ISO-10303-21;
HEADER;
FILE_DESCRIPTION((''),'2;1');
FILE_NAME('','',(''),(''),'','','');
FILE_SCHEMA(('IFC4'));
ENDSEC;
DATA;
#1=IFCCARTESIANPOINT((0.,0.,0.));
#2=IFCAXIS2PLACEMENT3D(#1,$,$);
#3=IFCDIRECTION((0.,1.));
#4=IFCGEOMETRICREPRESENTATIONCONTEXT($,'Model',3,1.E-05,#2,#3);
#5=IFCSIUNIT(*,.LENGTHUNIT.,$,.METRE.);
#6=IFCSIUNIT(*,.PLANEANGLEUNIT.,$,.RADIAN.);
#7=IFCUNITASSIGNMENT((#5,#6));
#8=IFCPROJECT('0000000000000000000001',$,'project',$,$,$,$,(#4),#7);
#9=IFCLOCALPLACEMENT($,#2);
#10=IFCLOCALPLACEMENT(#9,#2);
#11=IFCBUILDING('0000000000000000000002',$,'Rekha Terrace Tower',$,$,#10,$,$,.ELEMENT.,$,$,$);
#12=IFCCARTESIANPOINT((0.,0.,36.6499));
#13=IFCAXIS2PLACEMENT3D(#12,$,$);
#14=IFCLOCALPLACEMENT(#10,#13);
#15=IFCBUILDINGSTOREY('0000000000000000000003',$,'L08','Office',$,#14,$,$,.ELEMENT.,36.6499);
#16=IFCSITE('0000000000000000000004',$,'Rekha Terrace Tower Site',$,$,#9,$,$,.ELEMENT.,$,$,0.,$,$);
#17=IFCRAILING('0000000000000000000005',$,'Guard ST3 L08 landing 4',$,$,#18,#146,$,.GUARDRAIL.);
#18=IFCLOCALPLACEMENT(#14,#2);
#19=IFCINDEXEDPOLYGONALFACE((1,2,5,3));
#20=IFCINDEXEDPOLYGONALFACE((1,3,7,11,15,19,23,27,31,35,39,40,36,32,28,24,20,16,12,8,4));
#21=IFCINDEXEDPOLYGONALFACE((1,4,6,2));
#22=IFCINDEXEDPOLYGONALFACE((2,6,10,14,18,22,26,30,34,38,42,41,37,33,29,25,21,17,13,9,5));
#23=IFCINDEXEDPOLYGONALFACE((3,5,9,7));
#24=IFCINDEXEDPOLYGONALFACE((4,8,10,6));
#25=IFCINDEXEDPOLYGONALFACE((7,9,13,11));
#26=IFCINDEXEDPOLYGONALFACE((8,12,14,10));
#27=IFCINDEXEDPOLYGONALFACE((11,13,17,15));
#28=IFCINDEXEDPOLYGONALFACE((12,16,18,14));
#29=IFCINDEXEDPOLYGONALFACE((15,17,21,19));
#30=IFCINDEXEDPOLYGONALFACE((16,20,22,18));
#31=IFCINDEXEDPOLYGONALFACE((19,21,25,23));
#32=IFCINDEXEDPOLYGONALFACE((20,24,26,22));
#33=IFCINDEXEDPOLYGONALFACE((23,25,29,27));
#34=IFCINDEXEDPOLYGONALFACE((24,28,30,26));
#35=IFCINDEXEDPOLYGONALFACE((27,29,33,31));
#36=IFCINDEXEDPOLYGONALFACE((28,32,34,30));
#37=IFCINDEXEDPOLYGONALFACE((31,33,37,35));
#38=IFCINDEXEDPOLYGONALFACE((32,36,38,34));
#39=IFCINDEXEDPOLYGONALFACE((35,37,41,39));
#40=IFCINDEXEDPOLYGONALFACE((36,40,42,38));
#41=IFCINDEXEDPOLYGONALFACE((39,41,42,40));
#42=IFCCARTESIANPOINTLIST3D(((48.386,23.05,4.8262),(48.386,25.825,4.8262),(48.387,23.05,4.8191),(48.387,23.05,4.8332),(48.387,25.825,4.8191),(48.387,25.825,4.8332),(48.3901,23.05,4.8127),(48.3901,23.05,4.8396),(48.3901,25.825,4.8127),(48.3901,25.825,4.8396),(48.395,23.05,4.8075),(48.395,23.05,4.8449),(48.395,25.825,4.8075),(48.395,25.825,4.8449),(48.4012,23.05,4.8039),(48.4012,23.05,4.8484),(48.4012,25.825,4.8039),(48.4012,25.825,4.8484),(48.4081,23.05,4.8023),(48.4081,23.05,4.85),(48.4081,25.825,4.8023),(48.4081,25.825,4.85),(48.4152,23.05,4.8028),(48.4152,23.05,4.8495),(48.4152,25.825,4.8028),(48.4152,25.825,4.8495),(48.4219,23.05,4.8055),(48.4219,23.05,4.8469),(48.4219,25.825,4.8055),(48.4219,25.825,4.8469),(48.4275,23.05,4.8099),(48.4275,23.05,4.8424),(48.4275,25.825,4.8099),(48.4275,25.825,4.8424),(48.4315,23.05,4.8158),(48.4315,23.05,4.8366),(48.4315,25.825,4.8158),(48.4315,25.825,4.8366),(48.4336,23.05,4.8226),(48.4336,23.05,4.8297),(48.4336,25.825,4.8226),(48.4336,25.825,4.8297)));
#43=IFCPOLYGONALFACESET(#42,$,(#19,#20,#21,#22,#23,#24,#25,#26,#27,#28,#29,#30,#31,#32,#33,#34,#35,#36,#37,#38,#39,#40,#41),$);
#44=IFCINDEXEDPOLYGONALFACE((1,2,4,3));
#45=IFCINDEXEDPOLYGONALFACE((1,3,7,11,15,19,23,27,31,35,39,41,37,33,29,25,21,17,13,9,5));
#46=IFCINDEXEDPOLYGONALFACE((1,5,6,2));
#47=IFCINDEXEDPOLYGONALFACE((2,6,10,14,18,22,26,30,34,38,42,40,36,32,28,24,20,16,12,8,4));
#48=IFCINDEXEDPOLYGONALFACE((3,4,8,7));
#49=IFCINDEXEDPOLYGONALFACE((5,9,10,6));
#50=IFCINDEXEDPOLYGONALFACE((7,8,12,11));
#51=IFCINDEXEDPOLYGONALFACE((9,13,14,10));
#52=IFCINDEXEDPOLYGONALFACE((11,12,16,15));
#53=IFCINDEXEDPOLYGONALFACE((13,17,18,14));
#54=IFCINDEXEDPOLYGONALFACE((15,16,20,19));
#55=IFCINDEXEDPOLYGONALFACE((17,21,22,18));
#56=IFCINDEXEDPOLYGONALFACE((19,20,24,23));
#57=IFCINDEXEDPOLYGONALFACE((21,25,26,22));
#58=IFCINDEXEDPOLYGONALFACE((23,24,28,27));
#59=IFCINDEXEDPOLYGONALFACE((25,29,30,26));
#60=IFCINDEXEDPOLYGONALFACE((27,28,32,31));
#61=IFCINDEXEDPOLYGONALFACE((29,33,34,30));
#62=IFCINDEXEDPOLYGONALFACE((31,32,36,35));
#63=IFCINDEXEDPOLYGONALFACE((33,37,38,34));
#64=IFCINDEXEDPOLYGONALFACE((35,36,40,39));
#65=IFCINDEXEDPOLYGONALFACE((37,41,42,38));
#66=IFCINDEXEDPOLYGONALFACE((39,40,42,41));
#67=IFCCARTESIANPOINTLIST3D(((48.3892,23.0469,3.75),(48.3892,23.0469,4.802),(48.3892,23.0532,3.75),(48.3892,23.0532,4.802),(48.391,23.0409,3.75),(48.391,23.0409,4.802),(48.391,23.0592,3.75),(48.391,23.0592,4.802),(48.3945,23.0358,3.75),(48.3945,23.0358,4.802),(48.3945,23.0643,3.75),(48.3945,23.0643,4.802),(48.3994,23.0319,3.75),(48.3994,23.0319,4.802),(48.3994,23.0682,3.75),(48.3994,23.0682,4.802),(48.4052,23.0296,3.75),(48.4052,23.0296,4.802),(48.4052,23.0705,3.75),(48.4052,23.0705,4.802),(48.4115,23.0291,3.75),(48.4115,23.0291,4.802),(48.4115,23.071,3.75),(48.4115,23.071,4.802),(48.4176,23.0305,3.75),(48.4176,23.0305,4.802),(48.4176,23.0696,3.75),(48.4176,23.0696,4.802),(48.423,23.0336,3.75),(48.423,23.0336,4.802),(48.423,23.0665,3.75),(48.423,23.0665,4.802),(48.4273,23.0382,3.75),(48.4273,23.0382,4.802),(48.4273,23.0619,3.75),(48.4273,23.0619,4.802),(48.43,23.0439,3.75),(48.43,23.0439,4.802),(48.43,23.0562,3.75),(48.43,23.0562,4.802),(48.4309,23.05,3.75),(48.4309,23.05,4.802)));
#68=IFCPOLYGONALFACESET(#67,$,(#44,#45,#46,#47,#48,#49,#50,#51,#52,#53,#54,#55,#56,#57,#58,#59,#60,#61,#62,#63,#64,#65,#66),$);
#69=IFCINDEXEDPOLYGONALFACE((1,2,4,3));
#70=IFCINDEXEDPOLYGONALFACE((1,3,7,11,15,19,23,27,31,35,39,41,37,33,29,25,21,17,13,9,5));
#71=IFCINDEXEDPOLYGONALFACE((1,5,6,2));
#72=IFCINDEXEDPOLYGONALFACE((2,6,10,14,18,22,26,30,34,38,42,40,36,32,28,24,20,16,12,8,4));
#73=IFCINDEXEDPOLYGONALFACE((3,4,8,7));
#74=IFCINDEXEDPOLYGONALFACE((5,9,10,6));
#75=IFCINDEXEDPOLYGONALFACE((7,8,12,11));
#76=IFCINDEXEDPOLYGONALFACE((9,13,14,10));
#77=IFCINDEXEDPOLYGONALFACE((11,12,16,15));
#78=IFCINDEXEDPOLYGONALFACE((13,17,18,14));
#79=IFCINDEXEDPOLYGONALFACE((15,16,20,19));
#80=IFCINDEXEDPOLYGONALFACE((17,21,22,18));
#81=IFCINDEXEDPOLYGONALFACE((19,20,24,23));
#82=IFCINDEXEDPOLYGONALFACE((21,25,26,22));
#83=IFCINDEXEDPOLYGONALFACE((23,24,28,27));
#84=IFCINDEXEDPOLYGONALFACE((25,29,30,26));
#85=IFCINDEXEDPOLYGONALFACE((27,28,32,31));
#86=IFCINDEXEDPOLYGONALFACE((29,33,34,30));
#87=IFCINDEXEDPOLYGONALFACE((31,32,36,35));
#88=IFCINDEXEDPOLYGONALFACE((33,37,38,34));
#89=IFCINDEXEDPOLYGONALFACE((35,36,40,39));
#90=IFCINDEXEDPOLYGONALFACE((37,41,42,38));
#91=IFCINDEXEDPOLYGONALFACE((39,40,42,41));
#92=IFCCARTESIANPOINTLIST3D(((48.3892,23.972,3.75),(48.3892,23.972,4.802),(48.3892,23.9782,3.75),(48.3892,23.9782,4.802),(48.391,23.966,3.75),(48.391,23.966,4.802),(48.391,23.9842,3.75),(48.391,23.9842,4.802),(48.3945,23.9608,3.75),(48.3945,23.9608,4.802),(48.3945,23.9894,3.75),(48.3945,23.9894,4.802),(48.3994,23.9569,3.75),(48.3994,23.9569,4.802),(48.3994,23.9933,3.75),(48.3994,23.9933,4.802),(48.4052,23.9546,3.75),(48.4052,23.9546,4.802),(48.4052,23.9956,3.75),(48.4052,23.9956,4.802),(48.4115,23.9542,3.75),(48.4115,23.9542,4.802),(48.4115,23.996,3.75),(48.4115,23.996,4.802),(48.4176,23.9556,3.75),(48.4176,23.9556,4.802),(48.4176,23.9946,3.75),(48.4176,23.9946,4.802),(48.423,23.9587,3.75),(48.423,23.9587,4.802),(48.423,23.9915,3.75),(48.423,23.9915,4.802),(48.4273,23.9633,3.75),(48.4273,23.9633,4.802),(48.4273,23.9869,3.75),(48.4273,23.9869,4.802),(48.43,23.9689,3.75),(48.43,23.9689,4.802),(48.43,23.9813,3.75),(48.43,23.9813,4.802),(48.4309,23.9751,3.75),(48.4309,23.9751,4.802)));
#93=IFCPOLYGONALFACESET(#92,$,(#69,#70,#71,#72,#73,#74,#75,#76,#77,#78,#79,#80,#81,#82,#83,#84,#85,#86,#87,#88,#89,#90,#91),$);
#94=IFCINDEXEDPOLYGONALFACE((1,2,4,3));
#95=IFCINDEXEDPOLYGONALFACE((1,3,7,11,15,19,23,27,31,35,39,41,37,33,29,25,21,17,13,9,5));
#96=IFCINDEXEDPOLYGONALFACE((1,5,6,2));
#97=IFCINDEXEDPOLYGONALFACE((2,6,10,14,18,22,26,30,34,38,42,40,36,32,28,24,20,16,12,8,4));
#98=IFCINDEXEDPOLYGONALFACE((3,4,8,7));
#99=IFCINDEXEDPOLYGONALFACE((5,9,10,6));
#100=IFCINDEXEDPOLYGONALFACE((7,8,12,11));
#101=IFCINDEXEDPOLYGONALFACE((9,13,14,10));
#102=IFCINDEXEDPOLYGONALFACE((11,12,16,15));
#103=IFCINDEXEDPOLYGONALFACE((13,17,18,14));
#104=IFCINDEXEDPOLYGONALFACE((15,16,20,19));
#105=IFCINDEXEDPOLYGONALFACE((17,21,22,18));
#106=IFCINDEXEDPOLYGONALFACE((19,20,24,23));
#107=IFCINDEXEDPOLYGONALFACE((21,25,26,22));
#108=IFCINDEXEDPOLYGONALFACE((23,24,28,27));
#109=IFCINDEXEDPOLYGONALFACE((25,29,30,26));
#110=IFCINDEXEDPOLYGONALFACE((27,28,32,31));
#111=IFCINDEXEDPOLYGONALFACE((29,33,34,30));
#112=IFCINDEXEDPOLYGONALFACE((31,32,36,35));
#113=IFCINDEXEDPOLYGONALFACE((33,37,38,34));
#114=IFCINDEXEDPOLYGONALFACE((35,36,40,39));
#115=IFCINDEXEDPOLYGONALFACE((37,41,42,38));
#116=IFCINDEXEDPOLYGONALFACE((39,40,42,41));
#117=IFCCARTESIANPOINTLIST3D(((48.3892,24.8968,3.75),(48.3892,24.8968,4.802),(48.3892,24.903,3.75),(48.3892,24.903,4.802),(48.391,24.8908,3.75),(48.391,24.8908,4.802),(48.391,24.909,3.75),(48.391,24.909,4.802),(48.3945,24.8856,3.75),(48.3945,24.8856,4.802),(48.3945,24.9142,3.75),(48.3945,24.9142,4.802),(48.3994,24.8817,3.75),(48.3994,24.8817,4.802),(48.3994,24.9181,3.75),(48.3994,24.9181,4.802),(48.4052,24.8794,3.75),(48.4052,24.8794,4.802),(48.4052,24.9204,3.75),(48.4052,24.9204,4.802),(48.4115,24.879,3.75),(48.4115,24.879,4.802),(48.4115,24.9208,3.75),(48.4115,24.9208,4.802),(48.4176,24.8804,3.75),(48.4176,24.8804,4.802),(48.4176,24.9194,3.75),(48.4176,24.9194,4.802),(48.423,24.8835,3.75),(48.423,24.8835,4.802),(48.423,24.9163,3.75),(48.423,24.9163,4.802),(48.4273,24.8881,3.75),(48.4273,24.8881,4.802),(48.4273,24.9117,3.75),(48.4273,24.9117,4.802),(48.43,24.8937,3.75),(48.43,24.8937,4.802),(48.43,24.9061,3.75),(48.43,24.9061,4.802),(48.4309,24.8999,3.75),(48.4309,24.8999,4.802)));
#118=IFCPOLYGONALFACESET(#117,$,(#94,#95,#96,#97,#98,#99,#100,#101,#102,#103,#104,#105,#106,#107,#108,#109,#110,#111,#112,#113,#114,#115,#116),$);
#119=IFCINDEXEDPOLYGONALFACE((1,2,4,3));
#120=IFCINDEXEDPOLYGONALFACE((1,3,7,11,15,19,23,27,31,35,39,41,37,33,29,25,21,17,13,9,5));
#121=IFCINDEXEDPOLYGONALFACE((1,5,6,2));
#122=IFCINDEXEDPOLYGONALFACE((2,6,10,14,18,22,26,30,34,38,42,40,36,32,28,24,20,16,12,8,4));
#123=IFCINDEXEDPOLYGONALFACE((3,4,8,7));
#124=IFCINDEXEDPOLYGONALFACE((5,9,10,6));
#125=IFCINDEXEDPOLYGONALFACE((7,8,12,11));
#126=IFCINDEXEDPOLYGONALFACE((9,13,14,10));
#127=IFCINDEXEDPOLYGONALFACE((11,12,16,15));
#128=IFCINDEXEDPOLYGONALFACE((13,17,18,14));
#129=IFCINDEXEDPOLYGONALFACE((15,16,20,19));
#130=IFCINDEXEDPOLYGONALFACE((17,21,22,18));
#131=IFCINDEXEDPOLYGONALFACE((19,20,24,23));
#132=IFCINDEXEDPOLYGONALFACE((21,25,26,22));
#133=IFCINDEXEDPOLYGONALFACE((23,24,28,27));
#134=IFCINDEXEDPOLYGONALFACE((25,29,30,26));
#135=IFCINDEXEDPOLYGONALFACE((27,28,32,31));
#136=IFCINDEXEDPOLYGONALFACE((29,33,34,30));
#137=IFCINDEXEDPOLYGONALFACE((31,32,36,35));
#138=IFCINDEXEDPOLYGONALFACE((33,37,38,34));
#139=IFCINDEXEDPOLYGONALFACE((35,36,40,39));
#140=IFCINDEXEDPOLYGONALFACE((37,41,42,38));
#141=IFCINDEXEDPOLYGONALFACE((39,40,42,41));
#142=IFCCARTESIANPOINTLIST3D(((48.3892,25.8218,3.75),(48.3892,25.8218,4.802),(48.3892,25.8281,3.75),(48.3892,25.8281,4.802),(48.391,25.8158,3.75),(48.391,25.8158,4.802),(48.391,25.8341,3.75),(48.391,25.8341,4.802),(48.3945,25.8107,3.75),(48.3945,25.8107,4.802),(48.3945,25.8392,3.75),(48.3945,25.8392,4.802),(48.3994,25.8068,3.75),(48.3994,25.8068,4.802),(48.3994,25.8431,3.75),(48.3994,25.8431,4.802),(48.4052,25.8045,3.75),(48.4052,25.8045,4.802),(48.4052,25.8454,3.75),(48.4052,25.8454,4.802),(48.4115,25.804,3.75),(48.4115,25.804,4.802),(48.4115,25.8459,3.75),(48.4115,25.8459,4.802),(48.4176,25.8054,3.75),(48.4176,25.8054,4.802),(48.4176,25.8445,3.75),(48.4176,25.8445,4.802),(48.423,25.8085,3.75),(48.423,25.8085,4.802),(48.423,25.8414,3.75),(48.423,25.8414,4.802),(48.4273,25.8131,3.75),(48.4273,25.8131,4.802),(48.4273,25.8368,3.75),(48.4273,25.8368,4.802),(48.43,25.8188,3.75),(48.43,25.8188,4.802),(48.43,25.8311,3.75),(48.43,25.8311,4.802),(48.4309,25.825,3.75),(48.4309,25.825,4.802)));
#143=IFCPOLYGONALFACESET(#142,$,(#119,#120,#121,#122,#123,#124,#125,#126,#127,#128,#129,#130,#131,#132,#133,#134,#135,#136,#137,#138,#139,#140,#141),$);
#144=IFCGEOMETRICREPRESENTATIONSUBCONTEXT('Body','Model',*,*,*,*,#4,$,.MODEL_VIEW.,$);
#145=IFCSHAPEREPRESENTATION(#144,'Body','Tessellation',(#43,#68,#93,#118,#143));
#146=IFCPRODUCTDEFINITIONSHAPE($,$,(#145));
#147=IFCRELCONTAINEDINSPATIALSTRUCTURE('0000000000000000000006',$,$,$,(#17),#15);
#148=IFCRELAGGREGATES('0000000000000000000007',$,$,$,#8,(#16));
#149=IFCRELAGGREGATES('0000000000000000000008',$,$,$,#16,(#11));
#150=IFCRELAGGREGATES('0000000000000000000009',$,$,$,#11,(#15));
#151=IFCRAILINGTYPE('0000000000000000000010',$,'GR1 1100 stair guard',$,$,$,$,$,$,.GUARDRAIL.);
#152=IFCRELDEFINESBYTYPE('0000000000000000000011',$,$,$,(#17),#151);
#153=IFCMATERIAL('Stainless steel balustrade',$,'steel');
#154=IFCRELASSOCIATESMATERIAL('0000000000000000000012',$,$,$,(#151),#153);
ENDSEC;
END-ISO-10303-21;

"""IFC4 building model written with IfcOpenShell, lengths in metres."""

from ifc_helpers import new_model, si_unit, direction, frame, origin, origin_2d, place, context, subcontext, project, spatial, circle, extrude, material, type_object, element, save


model = new_model("IFC4")

# Units and contexts
model_context = context("Model", 3, precision=1e-05, world=origin(), true_north=direction((0.0, 1.0)))
body_context = subcontext(model_context, "Body", "Model", "MODEL_VIEW")
ifc_project = project(units=[si_unit("LENGTHUNIT", "METRE"), si_unit("PLANEANGLEUNIT", "RADIAN")], contexts=[model_context])

# Site, building, storey
site_placement = place(None, origin())
site = spatial("IfcSite", under=ifc_project, at=site_placement, Name="Rekha Terrace Tower Site", CompositionType="ELEMENT", RefElevation=0.0)
building_placement = place(site_placement, origin())
building = spatial("IfcBuilding", under=site, at=building_placement, Name="Rekha Terrace Tower", CompositionType="ELEMENT")
storey_placement = place(building_placement, frame((0.0, 0.0, 36.6499)))
storey = spatial("IfcBuildingStorey", under=building, at=storey_placement, Name="L08", Description="Office", CompositionType="ELEMENT", Elevation=36.6499)

# Railing
ifc_material_1 = material(Name="Stainless steel balustrade", Category="steel")
railing_type_1 = type_object("IfcRailingType", Name="GR1 1100 stair guard", PredefinedType="GUARDRAIL", material=ifc_material_1)
railing_1_placement = place(storey_placement, frame((48.4099, 23.05, 3.75)))
element("IfcRailing", 1, at=railing_1_placement, inside=storey, type_object=railing_type_1, Name="Guard ST3 L08 landing 4", PredefinedType="GUARDRAIL", context=body_context, shape_type="SweptSolid", body=[
    extrude(circle(Radius=0.0239, at=origin_2d()), frame((0.0, 0.0, 1.0762), z_axis=(0.0, 1.0, 0.0), x_axis=(-1.0, 0.0, 0.0)), (0.0, 0.0, 1.0), 2.7749),
    extrude(circle(Radius=0.021, at=origin_2d()), origin(), (0.0, 0.0, 1.0), 1.052),
    extrude(circle(Radius=0.021, at=origin_2d()), frame((0.0, 0.925, 0.0)), (0.0, 0.0, 1.0), 1.052),
    extrude(circle(Radius=0.021, at=origin_2d()), frame((0.0, 1.8499, 0.0)), (0.0, 0.0, 1.0), 1.052),
    extrude(circle(Radius=0.021, at=origin_2d()), frame((0.0, 2.7749, 0.0)), (0.0, 0.0, 1.0), 1.052),
])

save(model, "model.ifc")
